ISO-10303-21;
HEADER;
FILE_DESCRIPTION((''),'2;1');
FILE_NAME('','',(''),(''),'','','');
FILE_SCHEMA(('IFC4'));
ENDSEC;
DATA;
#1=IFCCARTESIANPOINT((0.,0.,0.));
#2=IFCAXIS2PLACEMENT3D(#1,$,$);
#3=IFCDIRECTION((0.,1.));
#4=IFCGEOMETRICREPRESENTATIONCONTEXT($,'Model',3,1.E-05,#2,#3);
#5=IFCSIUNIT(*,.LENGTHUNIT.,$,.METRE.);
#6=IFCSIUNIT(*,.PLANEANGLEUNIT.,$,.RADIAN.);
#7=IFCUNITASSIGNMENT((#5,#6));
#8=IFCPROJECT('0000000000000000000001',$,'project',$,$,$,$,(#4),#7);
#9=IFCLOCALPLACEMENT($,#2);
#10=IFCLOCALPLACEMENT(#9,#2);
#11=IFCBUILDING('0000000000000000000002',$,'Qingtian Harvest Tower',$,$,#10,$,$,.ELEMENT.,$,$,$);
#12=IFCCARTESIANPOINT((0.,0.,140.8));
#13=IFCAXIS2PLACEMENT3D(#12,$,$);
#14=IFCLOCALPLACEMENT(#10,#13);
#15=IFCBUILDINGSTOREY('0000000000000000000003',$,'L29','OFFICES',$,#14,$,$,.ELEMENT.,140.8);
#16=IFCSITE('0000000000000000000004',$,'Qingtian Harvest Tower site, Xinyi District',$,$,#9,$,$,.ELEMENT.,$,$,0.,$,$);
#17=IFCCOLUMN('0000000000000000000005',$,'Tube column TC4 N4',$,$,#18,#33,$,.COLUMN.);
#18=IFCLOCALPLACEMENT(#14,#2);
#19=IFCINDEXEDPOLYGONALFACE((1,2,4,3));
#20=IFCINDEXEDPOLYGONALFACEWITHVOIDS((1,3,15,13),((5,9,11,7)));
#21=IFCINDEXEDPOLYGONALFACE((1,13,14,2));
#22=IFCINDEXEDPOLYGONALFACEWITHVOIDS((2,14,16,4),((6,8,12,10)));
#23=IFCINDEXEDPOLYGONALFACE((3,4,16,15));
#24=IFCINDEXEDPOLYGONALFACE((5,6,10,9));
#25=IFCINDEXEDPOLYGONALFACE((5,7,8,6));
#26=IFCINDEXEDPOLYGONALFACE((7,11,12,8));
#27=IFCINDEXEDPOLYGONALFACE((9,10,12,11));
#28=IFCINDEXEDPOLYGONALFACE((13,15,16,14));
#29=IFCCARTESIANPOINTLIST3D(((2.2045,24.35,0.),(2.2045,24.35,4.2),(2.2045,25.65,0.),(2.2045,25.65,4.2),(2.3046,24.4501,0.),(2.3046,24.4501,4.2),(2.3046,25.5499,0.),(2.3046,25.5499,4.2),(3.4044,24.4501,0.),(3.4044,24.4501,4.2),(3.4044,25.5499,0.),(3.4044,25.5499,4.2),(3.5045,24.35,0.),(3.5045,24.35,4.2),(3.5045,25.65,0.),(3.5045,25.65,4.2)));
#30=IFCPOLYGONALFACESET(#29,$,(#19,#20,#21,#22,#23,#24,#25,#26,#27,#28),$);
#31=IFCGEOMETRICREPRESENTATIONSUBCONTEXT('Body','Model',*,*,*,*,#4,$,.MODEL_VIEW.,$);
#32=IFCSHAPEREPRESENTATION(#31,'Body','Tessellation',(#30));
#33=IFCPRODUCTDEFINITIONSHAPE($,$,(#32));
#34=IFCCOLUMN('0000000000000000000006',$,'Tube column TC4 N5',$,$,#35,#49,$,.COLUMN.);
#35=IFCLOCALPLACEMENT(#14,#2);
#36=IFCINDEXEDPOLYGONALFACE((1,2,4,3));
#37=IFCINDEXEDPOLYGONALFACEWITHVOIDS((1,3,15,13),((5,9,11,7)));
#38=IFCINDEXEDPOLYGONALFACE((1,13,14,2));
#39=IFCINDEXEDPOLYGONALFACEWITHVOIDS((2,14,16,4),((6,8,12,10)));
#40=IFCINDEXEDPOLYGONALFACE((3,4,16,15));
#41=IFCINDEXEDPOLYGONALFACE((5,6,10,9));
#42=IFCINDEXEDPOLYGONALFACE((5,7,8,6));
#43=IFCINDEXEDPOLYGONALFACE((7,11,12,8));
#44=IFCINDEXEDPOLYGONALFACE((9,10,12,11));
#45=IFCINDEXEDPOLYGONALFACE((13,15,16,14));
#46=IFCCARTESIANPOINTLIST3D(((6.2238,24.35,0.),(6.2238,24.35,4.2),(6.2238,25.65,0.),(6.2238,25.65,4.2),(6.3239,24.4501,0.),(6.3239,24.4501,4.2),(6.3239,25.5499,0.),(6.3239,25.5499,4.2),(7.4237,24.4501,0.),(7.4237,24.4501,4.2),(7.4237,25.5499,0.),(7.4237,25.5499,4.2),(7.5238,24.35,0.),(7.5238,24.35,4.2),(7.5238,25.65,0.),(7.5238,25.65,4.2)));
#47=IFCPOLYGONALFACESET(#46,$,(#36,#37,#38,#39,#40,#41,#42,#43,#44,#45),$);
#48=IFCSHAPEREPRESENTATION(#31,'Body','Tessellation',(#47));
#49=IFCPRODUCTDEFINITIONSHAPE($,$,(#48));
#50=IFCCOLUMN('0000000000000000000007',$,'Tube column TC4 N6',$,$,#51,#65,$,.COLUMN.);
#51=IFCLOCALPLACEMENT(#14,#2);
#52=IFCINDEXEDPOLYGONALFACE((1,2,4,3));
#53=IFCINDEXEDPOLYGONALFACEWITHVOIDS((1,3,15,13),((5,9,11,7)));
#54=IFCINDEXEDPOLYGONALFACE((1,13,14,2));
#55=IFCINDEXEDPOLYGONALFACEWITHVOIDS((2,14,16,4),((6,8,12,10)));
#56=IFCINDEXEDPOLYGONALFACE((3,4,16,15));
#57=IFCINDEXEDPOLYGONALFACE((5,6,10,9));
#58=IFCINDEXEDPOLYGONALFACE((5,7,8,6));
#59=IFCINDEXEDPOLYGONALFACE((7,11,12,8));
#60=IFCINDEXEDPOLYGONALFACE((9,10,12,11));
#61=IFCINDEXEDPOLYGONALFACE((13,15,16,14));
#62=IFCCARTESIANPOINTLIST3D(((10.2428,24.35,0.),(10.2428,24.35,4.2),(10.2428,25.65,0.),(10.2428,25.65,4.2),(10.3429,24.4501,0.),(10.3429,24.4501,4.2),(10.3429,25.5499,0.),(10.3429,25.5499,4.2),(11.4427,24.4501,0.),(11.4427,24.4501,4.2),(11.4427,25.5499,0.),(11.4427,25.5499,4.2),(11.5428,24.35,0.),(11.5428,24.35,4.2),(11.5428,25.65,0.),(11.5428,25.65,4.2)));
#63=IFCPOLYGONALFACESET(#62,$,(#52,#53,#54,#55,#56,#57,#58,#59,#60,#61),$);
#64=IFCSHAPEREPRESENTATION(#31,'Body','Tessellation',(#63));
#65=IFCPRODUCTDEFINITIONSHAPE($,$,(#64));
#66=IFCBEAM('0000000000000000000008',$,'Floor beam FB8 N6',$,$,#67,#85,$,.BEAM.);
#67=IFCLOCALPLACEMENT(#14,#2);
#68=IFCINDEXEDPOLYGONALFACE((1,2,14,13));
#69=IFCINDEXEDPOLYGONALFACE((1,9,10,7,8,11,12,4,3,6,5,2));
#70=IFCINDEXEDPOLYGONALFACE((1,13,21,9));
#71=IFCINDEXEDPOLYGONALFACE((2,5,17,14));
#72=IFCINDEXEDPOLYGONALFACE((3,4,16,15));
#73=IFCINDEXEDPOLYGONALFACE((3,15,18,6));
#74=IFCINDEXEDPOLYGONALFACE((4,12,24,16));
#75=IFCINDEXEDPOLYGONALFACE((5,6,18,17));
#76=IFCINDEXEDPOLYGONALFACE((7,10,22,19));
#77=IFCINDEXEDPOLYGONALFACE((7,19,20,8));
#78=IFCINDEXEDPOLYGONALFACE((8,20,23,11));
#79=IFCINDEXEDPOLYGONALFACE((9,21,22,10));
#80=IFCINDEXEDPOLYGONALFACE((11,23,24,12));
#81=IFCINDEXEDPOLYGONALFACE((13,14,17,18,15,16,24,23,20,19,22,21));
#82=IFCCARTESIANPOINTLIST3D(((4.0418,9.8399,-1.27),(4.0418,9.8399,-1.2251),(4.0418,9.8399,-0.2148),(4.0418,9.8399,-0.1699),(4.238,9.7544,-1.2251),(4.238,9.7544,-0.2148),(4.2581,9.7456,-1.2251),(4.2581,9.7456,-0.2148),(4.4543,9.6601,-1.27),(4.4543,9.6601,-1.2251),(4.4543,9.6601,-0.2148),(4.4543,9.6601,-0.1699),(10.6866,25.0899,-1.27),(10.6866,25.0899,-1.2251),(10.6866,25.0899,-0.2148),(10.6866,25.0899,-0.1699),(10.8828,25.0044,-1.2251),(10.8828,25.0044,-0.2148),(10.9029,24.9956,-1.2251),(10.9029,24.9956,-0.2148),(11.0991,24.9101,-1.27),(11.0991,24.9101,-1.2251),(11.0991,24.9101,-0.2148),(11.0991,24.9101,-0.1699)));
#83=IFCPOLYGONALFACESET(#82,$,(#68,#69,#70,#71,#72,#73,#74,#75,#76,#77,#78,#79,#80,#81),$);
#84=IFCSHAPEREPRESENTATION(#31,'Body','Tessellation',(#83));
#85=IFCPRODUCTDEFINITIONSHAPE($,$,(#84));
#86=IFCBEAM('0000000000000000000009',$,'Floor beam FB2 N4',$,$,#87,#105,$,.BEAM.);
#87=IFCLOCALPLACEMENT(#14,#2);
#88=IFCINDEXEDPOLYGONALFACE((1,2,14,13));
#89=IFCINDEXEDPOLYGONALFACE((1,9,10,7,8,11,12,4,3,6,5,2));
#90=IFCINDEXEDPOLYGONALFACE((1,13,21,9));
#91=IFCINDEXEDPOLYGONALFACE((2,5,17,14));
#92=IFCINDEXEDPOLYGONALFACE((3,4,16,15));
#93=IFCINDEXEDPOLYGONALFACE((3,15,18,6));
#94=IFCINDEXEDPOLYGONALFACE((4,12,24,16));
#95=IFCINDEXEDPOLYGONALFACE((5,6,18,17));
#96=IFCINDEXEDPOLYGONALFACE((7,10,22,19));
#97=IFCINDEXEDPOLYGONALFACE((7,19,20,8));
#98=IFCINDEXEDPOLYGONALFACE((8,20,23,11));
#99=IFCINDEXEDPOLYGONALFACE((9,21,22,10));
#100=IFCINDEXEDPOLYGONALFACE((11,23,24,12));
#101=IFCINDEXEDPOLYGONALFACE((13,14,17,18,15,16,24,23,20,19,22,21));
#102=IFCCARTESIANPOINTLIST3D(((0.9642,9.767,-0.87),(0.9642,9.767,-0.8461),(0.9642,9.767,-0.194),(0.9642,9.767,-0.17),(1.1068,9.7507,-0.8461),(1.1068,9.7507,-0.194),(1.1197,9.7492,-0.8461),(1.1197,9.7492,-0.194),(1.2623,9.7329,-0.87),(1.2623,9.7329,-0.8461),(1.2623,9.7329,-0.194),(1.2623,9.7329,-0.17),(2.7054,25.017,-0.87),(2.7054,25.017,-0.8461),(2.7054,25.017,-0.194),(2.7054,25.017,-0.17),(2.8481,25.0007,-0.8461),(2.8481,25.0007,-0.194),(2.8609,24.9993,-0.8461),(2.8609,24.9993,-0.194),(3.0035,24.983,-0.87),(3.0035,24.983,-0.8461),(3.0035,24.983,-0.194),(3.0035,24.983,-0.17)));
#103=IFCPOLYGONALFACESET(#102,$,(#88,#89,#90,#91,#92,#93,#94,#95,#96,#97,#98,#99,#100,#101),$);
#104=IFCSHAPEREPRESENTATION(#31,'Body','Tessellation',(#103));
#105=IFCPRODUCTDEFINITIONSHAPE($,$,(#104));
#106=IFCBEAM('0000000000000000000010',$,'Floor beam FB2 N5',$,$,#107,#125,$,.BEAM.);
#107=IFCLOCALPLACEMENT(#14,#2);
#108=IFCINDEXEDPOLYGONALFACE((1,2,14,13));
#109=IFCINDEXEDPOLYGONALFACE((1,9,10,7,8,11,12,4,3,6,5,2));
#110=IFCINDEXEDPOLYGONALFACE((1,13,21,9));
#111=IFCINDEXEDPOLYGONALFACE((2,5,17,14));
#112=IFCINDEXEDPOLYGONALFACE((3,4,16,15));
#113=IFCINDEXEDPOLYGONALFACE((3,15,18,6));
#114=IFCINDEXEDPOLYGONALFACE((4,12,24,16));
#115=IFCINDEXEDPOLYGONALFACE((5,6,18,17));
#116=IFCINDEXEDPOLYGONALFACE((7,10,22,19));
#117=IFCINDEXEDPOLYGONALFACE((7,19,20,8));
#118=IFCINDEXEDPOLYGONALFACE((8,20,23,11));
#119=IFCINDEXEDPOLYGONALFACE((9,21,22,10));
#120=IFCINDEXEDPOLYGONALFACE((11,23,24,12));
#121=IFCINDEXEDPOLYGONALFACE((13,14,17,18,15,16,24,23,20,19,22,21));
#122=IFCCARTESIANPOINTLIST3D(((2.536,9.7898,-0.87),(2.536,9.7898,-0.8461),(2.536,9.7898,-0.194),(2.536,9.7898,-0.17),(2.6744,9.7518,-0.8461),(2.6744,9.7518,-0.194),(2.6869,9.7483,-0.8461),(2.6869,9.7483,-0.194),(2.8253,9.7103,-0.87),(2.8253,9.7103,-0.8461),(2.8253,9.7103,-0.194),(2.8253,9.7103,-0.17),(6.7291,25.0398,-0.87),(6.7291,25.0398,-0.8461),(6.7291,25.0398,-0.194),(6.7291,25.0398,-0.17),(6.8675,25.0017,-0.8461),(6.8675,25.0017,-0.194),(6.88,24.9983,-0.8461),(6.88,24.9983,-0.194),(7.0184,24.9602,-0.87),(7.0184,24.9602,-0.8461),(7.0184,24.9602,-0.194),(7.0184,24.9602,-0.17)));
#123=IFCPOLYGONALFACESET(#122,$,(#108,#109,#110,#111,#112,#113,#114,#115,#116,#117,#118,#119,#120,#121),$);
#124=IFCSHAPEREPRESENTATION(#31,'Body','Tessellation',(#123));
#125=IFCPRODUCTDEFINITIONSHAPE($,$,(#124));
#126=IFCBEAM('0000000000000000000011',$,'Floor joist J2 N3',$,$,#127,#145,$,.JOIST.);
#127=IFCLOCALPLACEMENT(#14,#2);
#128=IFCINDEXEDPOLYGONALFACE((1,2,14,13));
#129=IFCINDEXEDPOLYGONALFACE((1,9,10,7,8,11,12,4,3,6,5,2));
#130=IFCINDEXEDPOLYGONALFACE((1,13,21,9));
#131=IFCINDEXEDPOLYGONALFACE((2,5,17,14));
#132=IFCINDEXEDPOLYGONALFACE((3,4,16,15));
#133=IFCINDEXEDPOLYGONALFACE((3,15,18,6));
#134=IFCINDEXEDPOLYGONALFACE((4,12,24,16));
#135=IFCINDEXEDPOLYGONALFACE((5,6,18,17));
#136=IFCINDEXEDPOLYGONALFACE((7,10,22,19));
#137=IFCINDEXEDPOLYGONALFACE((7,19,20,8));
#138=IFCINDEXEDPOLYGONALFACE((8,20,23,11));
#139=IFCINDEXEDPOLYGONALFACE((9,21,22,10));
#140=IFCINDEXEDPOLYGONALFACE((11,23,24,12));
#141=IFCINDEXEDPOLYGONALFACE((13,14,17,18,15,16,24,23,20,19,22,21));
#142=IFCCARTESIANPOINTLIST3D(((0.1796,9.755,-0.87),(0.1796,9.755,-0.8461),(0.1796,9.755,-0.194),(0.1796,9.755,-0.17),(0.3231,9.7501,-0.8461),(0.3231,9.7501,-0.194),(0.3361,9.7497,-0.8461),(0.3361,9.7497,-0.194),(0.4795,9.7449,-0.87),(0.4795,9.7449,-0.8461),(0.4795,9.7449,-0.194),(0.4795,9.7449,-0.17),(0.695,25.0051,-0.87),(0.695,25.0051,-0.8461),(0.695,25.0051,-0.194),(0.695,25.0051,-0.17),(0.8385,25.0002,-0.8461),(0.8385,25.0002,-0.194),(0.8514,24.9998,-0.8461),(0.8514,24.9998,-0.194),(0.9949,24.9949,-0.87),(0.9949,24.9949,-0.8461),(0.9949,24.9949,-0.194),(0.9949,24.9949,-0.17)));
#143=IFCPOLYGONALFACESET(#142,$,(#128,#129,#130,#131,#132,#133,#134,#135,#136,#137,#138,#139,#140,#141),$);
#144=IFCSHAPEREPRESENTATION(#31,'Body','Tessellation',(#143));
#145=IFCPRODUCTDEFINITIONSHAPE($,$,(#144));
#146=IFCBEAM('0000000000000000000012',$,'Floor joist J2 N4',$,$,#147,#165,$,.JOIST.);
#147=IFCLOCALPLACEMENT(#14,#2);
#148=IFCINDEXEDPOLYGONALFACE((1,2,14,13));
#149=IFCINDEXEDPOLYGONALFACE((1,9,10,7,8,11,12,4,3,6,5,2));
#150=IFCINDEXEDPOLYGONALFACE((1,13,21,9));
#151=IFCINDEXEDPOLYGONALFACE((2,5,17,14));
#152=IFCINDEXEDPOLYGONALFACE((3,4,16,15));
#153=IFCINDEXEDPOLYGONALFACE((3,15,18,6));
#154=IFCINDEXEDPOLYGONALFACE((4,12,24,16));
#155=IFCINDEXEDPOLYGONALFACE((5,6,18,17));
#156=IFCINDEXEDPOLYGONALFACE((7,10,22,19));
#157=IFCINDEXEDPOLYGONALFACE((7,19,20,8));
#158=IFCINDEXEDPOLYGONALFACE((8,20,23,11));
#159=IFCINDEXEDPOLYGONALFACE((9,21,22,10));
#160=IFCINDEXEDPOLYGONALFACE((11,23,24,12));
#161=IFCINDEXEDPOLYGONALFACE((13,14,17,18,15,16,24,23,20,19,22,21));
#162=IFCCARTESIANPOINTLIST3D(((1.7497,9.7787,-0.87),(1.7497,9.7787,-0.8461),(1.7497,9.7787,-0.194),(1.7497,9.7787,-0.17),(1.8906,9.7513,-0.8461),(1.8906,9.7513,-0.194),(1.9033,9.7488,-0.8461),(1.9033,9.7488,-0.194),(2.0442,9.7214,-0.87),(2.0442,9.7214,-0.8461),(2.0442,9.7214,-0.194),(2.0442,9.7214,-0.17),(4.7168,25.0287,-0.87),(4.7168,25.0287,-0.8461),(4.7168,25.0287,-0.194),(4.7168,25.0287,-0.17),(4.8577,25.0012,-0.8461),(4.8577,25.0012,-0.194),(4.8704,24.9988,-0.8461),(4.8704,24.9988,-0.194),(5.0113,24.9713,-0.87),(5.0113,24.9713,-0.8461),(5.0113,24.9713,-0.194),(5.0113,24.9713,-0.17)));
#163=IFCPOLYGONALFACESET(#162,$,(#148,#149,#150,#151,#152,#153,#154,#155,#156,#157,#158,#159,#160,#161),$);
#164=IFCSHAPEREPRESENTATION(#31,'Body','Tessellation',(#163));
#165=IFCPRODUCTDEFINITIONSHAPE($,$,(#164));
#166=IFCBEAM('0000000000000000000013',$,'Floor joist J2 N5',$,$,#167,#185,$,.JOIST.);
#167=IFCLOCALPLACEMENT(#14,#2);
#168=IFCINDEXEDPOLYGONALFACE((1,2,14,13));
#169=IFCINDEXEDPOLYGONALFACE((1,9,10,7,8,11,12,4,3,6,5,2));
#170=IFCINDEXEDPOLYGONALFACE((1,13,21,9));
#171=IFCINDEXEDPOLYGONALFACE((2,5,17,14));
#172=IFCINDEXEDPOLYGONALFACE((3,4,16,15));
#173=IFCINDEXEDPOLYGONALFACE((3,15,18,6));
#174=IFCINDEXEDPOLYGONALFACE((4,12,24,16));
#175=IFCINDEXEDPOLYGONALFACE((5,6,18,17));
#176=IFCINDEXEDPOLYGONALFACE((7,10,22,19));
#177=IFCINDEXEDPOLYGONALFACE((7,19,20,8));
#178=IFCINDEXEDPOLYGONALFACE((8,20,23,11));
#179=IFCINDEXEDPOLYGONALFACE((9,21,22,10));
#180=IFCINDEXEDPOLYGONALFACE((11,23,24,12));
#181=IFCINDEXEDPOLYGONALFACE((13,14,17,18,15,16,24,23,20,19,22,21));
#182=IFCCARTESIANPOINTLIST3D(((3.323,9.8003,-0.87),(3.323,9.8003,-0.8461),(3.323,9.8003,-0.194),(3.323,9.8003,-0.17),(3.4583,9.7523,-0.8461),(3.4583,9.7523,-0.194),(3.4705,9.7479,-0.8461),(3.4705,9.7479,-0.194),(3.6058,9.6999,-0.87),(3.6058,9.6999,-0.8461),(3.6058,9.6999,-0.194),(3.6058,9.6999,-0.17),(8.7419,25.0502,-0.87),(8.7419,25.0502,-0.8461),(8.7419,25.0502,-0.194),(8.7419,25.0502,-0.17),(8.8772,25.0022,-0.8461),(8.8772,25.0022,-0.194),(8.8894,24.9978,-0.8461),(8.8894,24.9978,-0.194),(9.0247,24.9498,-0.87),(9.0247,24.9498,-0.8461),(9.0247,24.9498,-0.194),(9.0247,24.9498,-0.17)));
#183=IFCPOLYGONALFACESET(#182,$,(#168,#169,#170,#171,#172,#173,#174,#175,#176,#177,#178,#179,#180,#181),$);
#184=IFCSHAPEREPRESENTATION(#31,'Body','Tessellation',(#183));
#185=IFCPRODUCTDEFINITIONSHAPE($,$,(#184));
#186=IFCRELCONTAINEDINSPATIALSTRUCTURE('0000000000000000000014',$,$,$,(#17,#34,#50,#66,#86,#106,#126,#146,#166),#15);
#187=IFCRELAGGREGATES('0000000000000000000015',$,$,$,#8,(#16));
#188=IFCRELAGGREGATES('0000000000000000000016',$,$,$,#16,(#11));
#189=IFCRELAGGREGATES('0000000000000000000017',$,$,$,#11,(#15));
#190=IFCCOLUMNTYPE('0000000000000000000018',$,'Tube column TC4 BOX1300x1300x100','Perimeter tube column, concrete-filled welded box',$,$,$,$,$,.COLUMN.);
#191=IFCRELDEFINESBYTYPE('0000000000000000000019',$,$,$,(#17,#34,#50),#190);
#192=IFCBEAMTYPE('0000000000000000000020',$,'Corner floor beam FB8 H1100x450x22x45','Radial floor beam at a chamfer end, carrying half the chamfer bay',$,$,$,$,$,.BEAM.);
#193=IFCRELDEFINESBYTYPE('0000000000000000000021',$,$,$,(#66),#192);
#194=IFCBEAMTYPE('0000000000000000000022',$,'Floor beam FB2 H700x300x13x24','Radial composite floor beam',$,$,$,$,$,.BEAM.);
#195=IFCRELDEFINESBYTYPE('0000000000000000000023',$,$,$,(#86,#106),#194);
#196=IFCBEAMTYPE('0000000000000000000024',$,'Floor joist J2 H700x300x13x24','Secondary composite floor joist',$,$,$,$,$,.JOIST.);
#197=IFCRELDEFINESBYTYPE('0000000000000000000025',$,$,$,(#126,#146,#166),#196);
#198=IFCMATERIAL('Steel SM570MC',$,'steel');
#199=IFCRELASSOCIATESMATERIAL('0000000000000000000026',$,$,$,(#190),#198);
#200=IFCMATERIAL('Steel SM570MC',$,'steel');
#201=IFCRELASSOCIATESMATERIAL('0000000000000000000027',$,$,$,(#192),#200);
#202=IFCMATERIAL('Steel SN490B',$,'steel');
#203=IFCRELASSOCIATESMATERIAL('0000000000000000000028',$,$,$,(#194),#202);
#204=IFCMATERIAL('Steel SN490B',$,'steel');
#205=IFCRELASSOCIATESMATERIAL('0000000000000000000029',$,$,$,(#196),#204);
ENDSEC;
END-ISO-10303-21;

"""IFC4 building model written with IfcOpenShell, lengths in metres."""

from ifc_helpers import new_model, si_unit, direction, frame, origin, origin_2d, place, context, subcontext, project, spatial, hollow_rectangle, i_section, extrude, material, material_profile, profile_set, type_object, element, save


model = new_model("IFC4")

# Units and contexts
model_context = context("Model", 3, precision=1e-05, world=origin(), true_north=direction((0.0, 1.0)))
body_context = subcontext(model_context, "Body", "Model", "MODEL_VIEW")
ifc_project = project(units=[si_unit("LENGTHUNIT", "METRE"), si_unit("PLANEANGLEUNIT", "RADIAN")], contexts=[model_context])

# Site, building, storey
site_placement = place(None, origin())
site = spatial("IfcSite", under=ifc_project, at=site_placement, Name="Qingtian Harvest Tower site, Xinyi District", CompositionType="ELEMENT", RefElevation=0.0)
building_placement = place(site_placement, origin())
building = spatial("IfcBuilding", under=site, at=building_placement, Name="Qingtian Harvest Tower", CompositionType="ELEMENT")
storey_placement = place(building_placement, frame((0.0, 0.0, 140.8)))
storey = spatial("IfcBuildingStorey", under=building, at=storey_placement, Name="L29", Description="OFFICES", CompositionType="ELEMENT", Elevation=140.8)

# Columns
ifc_material_1 = material(Name="Steel SM570MC", Category="steel")
ifc_material_profile_1 = material_profile(ifc_material_1, hollow_rectangle(XDim=1.3, YDim=1.3, WallThickness=0.1001, at=origin_2d()), Name="BOX1300x1300x100")
ifc_profile_set_1 = profile_set([ifc_material_profile_1], Name="Steel SM570MC")
column_type = type_object("IfcColumnType", Name="Tube column TC4 BOX1300x1300x100", Description="Perimeter tube column, concrete-filled welded box", PredefinedType="COLUMN", material=ifc_profile_set_1)
for number, where, z_axis, x_axis, name in (
    (1, (2.8545, 25.0, 0.0), (0.0, 0.0, 1.0), (-1.0, 0.0, 0.0), "Tube column TC4 N4"),
    (2, (6.8738, 25.0, 0.0), (0.0, 0.0, 1.0), (-1.0, 0.0, 0.0), "Tube column TC4 N5"),
    (3, (10.8928, 25.0, 0.0), (0.0, 0.0, 1.0), (-1.0, 0.0, 0.0), "Tube column TC4 N6"),
):
    element("IfcColumn", number, at=place(storey_placement, frame(where, z_axis=z_axis, x_axis=x_axis)), inside=storey, type_object=column_type, Name=name, PredefinedType="COLUMN", context=body_context, shape_type="SweptSolid", body=[
        extrude(hollow_rectangle(XDim=1.3, YDim=1.3, WallThickness=0.1001, at=origin_2d()), origin(), (0.0, 0.0, 1.0), 4.2),
    ])

# Beams
ifc_material_2 = material(Name="Steel SM570MC", Category="steel")
ifc_material_profile_2 = material_profile(ifc_material_2, i_section(OverallWidth=0.45, OverallDepth=1.1001, WebThickness=0.022, FlangeThickness=0.0449, at=origin_2d()), Name="H1100x450x22x45")
ifc_profile_set_2 = profile_set([ifc_material_profile_2], Name="Steel SM570MC")
beam_type_1 = type_object("IfcBeamType", Name="Corner floor beam FB8 H1100x450x22x45", Description="Radial floor beam at a chamfer end, carrying half the chamfer bay", PredefinedType="BEAM", material=ifc_profile_set_2)
beam_1_placement = place(storey_placement, frame((10.8928, 25.0, -0.72), z_axis=(-0.399451, -0.916755, 0.0), x_axis=(0.916755, -0.399451, 0.0)))
element("IfcBeam", 4, at=beam_1_placement, inside=storey, type_object=beam_type_1, Name="Floor beam FB8 N6", PredefinedType="BEAM", context=body_context, shape_type="SweptSolid", body=[
    extrude(i_section(OverallWidth=0.45, OverallDepth=1.1001, WebThickness=0.022, FlangeThickness=0.0449, at=origin_2d()), origin(), (0.0, 0.0, 1.0), 16.6348),
])
ifc_material_3 = material(Name="Steel SN490B", Category="steel")
ifc_material_profile_3 = material_profile(ifc_material_3, i_section(OverallWidth=0.3, OverallDepth=0.7, WebThickness=0.0129, FlangeThickness=0.0239, at=origin_2d()), Name="H700x300x13x24")
ifc_profile_set_3 = profile_set([ifc_material_profile_3], Name="Steel SN490B")
beam_type_2 = type_object("IfcBeamType", Name="Floor beam FB2 H700x300x13x24", Description="Radial composite floor beam", PredefinedType="BEAM", material=ifc_profile_set_3)
beam_2_placement = place(storey_placement, frame((2.8545, 25.0, -0.52), z_axis=(-0.113441, -0.993545, 0.0), x_axis=(0.993545, -0.113441, 0.0)))
element("IfcBeam", 5, at=beam_2_placement, inside=storey, type_object=beam_type_2, Name="Floor beam FB2 N4", PredefinedType="BEAM", context=body_context, shape_type="SweptSolid", body=[
    extrude(i_section(OverallWidth=0.3, OverallDepth=0.7, WebThickness=0.0129, FlangeThickness=0.0239, at=origin_2d()), origin(), (0.0, 0.0, 1.0), 15.3491),
])
beam_3_placement = place(storey_placement, frame((6.8738, 25.0, -0.52), z_axis=(-0.265119, -0.964216, 0.0), x_axis=(0.964216, -0.265119, 0.0)))
element("IfcBeam", 6, at=beam_3_placement, inside=storey, type_object=beam_type_2, Name="Floor beam FB2 N5", PredefinedType="BEAM", context=body_context, shape_type="SweptSolid", body=[
    extrude(i_section(OverallWidth=0.3, OverallDepth=0.7, WebThickness=0.0129, FlangeThickness=0.0239, at=origin_2d()), origin(), (0.0, 0.0, 1.0), 15.8159),
])
ifc_material_4 = material(Name="Steel SN490B", Category="steel")
ifc_material_profile_4 = material_profile(ifc_material_4, i_section(OverallWidth=0.3, OverallDepth=0.7, WebThickness=0.0129, FlangeThickness=0.0239, at=origin_2d()), Name="H700x300x13x24")
ifc_profile_set_4 = profile_set([ifc_material_profile_4], Name="Steel SN490B")
beam_type_3 = type_object("IfcBeamType", Name="Floor joist J2 H700x300x13x24", Description="Secondary composite floor joist", PredefinedType="JOIST", material=ifc_profile_set_4)
beam_4_placement = place(storey_placement, frame((0.845, 25.0, -0.52), z_axis=(-0.033776, -0.999429, 0.0), x_axis=(0.999429, -0.033776, 0.0)))
element("IfcBeam", 7, at=beam_4_placement, inside=storey, type_object=beam_type_3, Name="Floor joist J2 N3", PredefinedType="JOIST", context=body_context, shape_type="SweptSolid", body=[
    extrude(i_section(OverallWidth=0.3, OverallDepth=0.7, WebThickness=0.0129, FlangeThickness=0.0239, at=origin_2d()), origin(), (0.0, 0.0, 1.0), 15.2588),
])
beam_5_placement = place(storey_placement, frame((4.864, 25.0, -0.52), z_axis=(-0.190979, -0.981594, 0.0), x_axis=(0.981594, -0.190979, 0.0)))
element("IfcBeam", 8, at=beam_5_placement, inside=storey, type_object=beam_type_3, Name="Floor joist J2 N4", PredefinedType="JOIST", context=body_context, shape_type="SweptSolid", body=[
    extrude(i_section(OverallWidth=0.3, OverallDepth=0.7, WebThickness=0.0129, FlangeThickness=0.0239, at=origin_2d()), origin(), (0.0, 0.0, 1.0), 15.5359),
])
beam_6_placement = place(storey_placement, frame((8.8833, 25.0, -0.52), z_axis=(-0.33483, -0.942279, 0.0), x_axis=(0.942279, -0.33483, 0.0)))
element("IfcBeam", 9, at=beam_6_placement, inside=storey, type_object=beam_type_3, Name="Floor joist J2 N5", PredefinedType="JOIST", context=body_context, shape_type="SweptSolid", body=[
    extrude(i_section(OverallWidth=0.3, OverallDepth=0.7, WebThickness=0.0129, FlangeThickness=0.0239, at=origin_2d()), origin(), (0.0, 0.0, 1.0), 16.1841),
])

save(model, "model.ifc")
